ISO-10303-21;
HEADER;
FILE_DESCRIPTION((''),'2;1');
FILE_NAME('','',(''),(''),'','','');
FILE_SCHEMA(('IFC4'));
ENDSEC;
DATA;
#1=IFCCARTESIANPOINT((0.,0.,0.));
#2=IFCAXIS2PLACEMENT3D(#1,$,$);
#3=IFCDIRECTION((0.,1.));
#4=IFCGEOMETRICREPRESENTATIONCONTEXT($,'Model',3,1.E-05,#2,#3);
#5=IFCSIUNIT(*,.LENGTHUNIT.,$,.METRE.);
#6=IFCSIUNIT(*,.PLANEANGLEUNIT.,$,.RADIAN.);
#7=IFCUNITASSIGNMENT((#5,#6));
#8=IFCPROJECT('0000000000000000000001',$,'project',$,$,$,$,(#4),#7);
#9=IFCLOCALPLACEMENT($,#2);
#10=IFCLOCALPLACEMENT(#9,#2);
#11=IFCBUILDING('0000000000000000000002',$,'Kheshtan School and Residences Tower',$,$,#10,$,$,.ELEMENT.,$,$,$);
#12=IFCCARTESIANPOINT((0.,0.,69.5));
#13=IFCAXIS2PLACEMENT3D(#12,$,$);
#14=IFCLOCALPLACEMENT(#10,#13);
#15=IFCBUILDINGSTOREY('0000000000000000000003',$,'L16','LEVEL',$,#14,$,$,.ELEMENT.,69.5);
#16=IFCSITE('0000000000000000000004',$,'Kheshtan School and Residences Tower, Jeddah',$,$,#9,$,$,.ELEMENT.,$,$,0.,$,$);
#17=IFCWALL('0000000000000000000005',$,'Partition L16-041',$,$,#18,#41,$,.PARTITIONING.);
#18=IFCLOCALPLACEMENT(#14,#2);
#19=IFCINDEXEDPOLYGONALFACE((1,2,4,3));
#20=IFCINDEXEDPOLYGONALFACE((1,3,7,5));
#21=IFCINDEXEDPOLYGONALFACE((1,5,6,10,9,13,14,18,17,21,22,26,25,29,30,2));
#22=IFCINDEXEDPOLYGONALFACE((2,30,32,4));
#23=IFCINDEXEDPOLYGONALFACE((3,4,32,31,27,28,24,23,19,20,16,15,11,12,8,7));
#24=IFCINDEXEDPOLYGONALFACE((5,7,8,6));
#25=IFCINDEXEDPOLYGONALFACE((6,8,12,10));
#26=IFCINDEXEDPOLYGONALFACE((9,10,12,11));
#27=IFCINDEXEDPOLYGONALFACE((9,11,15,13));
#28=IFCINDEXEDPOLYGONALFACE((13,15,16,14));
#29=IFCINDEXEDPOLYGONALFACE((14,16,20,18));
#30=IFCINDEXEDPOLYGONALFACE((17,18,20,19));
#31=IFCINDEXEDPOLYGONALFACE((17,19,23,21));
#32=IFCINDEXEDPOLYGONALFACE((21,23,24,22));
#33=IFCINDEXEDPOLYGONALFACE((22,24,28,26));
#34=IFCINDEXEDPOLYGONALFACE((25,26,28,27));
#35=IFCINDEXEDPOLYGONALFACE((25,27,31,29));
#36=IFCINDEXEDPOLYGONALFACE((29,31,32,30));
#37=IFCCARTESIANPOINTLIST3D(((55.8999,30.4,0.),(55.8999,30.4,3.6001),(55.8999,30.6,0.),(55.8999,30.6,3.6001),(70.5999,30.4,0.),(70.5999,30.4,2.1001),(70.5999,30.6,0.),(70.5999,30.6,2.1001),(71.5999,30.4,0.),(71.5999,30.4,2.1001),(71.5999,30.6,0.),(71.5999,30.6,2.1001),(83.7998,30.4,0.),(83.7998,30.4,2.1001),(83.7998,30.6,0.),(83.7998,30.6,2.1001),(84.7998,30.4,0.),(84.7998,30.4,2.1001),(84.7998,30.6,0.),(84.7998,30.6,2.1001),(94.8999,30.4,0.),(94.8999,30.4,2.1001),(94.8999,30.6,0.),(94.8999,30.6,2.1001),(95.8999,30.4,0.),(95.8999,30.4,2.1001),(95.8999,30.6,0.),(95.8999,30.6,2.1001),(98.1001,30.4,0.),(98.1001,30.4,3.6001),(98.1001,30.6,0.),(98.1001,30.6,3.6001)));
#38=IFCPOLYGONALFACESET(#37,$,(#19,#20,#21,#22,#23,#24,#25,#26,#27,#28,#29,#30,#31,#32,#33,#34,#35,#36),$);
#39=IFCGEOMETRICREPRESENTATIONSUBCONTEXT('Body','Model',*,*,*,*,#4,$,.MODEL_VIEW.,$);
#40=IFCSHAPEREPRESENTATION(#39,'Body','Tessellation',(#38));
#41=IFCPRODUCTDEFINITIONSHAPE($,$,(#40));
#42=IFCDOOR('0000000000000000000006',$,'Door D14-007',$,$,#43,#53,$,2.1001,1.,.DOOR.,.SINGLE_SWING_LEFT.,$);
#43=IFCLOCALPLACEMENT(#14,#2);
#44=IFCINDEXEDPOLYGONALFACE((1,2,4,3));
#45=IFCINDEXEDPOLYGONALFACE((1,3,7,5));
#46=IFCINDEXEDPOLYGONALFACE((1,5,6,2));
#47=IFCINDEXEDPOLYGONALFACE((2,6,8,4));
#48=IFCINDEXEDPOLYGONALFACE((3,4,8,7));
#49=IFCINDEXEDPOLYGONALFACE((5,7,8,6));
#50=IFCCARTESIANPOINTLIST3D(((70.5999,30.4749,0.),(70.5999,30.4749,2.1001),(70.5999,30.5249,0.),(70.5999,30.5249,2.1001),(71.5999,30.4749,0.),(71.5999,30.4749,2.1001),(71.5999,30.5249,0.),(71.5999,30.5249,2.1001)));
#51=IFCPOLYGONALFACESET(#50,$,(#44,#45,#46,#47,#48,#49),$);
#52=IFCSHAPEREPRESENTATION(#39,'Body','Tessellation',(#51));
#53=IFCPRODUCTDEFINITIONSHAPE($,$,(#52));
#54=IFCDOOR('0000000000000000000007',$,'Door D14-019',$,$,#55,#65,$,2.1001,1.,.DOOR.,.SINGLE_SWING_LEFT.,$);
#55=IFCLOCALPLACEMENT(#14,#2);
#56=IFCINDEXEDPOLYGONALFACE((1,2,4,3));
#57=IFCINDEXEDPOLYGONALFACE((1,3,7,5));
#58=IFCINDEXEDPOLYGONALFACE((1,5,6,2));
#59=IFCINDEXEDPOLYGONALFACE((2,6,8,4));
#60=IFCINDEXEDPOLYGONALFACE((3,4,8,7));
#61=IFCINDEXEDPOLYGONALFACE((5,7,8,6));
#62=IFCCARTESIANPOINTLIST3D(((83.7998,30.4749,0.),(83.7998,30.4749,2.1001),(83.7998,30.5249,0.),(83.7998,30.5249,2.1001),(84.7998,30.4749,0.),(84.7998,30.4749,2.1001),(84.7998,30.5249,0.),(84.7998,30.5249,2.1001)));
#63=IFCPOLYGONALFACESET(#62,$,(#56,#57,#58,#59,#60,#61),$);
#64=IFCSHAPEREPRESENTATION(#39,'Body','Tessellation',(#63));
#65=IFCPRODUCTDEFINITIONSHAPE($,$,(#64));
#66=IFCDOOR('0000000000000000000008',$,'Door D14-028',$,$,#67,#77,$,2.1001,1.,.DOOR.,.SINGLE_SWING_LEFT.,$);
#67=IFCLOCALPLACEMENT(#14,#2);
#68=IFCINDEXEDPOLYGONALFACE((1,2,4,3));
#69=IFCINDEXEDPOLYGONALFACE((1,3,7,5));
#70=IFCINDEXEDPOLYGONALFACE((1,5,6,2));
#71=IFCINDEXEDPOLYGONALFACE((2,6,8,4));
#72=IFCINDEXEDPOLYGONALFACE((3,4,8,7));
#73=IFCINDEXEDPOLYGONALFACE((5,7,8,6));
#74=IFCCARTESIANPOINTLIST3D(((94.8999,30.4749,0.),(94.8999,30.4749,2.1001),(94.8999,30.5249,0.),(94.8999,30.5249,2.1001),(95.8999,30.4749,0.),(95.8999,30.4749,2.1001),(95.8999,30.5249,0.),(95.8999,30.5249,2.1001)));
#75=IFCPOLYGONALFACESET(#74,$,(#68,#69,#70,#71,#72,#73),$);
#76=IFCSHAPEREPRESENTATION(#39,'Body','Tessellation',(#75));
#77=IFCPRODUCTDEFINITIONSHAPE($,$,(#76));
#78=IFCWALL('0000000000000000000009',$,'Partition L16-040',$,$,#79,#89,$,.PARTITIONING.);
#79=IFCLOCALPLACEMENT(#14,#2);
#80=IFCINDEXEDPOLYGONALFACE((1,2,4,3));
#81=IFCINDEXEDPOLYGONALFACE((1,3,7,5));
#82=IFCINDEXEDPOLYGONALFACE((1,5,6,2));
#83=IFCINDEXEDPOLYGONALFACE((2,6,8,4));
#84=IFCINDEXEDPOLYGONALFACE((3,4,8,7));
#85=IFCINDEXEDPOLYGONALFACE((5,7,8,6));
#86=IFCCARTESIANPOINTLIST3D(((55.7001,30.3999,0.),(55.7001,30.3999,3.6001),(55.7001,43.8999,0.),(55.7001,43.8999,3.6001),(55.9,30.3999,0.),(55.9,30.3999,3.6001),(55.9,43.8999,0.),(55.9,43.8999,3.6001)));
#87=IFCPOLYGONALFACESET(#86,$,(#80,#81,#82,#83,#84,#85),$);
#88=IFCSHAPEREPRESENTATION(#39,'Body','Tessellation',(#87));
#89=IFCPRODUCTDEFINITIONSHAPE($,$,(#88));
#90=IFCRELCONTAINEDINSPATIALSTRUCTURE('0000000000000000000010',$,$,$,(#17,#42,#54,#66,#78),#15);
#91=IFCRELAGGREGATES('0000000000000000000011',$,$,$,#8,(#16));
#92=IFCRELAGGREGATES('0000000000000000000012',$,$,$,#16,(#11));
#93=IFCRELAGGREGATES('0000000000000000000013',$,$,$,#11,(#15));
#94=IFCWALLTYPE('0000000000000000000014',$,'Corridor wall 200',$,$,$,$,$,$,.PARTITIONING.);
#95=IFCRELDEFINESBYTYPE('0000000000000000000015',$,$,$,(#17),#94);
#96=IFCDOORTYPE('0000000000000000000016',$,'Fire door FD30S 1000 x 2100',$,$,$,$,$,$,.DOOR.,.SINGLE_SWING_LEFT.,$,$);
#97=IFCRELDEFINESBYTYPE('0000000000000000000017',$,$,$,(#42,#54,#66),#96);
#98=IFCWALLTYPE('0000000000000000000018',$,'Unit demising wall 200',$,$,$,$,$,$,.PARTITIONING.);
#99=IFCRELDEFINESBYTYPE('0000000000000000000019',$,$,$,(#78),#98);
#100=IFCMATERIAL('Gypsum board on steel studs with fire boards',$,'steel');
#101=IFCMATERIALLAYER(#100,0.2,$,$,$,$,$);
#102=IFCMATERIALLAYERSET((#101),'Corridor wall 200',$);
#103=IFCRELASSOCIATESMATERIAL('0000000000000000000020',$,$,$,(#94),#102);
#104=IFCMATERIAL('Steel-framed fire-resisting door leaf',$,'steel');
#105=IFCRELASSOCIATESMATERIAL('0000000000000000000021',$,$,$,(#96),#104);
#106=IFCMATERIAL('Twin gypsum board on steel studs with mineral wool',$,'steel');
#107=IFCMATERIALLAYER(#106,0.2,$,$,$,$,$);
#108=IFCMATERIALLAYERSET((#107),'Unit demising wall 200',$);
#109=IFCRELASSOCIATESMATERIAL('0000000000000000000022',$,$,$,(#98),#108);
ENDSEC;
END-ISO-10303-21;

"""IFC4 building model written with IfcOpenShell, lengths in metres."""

from ifc_helpers import new_model, si_unit, direction, frame, frame_2d, origin, place, context, subcontext, project, spatial, rectangle, extrude, source, transform, mapped, material, layer, layer_set, type_object, element, fill, save


model = new_model("IFC4")

# Units and contexts
model_context = context("Model", 3, precision=1e-05, world=origin(), true_north=direction((0.0, 1.0)))
body_context = subcontext(model_context, "Body", "Model", "MODEL_VIEW")
ifc_project = project(units=[si_unit("LENGTHUNIT", "METRE"), si_unit("PLANEANGLEUNIT", "RADIAN")], contexts=[model_context])

# Site, building, storey
site_placement = place(None, origin())
site = spatial("IfcSite", under=ifc_project, at=site_placement, Name="Kheshtan School and Residences Tower, Jeddah", CompositionType="ELEMENT", RefElevation=0.0)
building_placement = place(site_placement, origin())
building = spatial("IfcBuilding", under=site, at=building_placement, Name="Kheshtan School and Residences Tower", CompositionType="ELEMENT")
storey_placement = place(building_placement, frame((0.0, 0.0, 69.5)))
storey = spatial("IfcBuildingStorey", under=building, at=storey_placement, Name="L16", Description="LEVEL", CompositionType="ELEMENT", Elevation=69.5)

# Wall, openings, doors
ifc_material_1 = material(Name="Gypsum board on steel studs with fire boards", Category="steel")
ifc_layer_1 = layer(ifc_material_1, 0.2)
ifc_layer_set_1 = layer_set([ifc_layer_1], Name="Corridor wall 200")
wall_type_1 = type_object("IfcWallType", Name="Corridor wall 200", PredefinedType="PARTITIONING", material=ifc_layer_set_1)
wall_1_placement = place(storey_placement, frame((55.8999, 30.5, 0.0), z_axis=(0.0, 0.0, 1.0), x_axis=(1.0, 0.0, 0.0)))
wall_1 = element("IfcWall", 1, at=wall_1_placement, inside=storey, type_object=wall_type_1, Name="Partition L16-041", PredefinedType="PARTITIONING", context=body_context, shape_type="SweptSolid", body=[
    extrude(rectangle(XDim=42.2002, YDim=0.2, at=frame_2d((21.1001, 0.0))), origin(), (0.0, 0.0, 1.0), 3.6001),
])
opening_1_placement = place(wall_1_placement, frame((14.7, 0.0, 0.0)))
opening_1 = element("IfcOpeningElement", 2, at=opening_1_placement, cuts=wall_1, PredefinedType="OPENING", context=body_context, shape_type="SweptSolid", body=[
    extrude(rectangle(XDim=1.0, YDim=2.1001, at=frame_2d((0.5, 1.05))), frame((0.0, 0.1099, 0.0), z_axis=(0.0, -1.0, 0.0), x_axis=(1.0, 0.0, 0.0)), (0.0, 0.0, 1.0), 0.22),
])
opening_2_placement = place(wall_1_placement, frame((27.8999, 0.0, 0.0)))
opening_2 = element("IfcOpeningElement", 3, at=opening_2_placement, cuts=wall_1, PredefinedType="OPENING", context=body_context, shape_type="SweptSolid", body=[
    extrude(rectangle(XDim=1.0, YDim=2.1001, at=frame_2d((0.5, 1.05))), frame((0.0, 0.1099, 0.0), z_axis=(0.0, -1.0, 0.0), x_axis=(1.0, 0.0, 0.0)), (0.0, 0.0, 1.0), 0.22),
])
opening_3_placement = place(wall_1_placement, frame((39.0, 0.0, 0.0)))
opening_3 = element("IfcOpeningElement", 4, at=opening_3_placement, cuts=wall_1, PredefinedType="OPENING", context=body_context, shape_type="SweptSolid", body=[
    extrude(rectangle(XDim=1.0, YDim=2.1001, at=frame_2d((0.5, 1.05))), frame((0.0, 0.1099, 0.0), z_axis=(0.0, -1.0, 0.0), x_axis=(1.0, 0.0, 0.0)), (0.0, 0.0, 1.0), 0.22),
])
ifc_material_2 = material(Name="Steel-framed fire-resisting door leaf", Category="steel")
door_type_1 = type_object("IfcDoorType", Name="Fire door FD30S 1000 x 2100", OperationType="SINGLE_SWING_LEFT", PredefinedType="DOOR", material=ifc_material_2)
shared_shape_1 = source(origin(), body_context, "Body", "SweptSolid", [
    extrude(rectangle(XDim=1.0, YDim=2.1001, at=frame_2d((0.5, 1.05))), frame((0.0, 0.0249, 0.0), z_axis=(0.0, -1.0, 0.0), x_axis=(1.0, 0.0, 0.0)), (0.0, 0.0, 1.0), 0.05),
])
door_1_placement = place(opening_1_placement, origin())
door_1 = element("IfcDoor", 5, at=door_1_placement, inside=storey, type_object=door_type_1, Name="Door D14-007", OperationType="SINGLE_SWING_LEFT", OverallHeight=2.1001, OverallWidth=1.0, PredefinedType="DOOR", context=body_context, shape_type="MappedRepresentation", body=[
    mapped(shared_shape_1, transform((0.0, 0.0, 0.0), x_axis=(1.0, 0.0, 0.0), y_axis=(0.0, 1.0, 0.0), z_axis=(0.0, 0.0, 1.0), scale=1.0)),
])
fill(opening_1, door_1)
door_2_placement = place(opening_2_placement, origin())
door_2 = element("IfcDoor", 6, at=door_2_placement, inside=storey, type_object=door_type_1, Name="Door D14-019", OperationType="SINGLE_SWING_LEFT", OverallHeight=2.1001, OverallWidth=1.0, PredefinedType="DOOR", context=body_context, shape_type="MappedRepresentation", body=[
    mapped(shared_shape_1, transform((0.0, 0.0, 0.0), x_axis=(1.0, 0.0, 0.0), y_axis=(0.0, 1.0, 0.0), z_axis=(0.0, 0.0, 1.0), scale=1.0)),
])
fill(opening_2, door_2)
door_3_placement = place(opening_3_placement, origin())
door_3 = element("IfcDoor", 7, at=door_3_placement, inside=storey, type_object=door_type_1, Name="Door D14-028", OperationType="SINGLE_SWING_LEFT", OverallHeight=2.1001, OverallWidth=1.0, PredefinedType="DOOR", context=body_context, shape_type="MappedRepresentation", body=[
    mapped(shared_shape_1, transform((0.0, 0.0, 0.0), x_axis=(1.0, 0.0, 0.0), y_axis=(0.0, 1.0, 0.0), z_axis=(0.0, 0.0, 1.0), scale=1.0)),
])
fill(opening_3, door_3)

# Wall
ifc_material_3 = material(Name="Twin gypsum board on steel studs with mineral wool", Category="steel")
ifc_layer_2 = layer(ifc_material_3, 0.2)
ifc_layer_set_2 = layer_set([ifc_layer_2], Name="Unit demising wall 200")
wall_type_2 = type_object("IfcWallType", Name="Unit demising wall 200", PredefinedType="PARTITIONING", material=ifc_layer_set_2)
wall_2_placement = place(storey_placement, frame((55.8, 30.3999, 0.0), z_axis=(0.0, 0.0, 1.0), x_axis=(0.0, 1.0, 0.0)))
element("IfcWall", 8, at=wall_2_placement, inside=storey, type_object=wall_type_2, Name="Partition L16-040", PredefinedType="PARTITIONING", context=body_context, shape_type="SweptSolid", body=[
    extrude(rectangle(XDim=13.5, YDim=0.2, at=frame_2d((6.75, 0.0))), origin(), (0.0, 0.0, 1.0), 3.6001),
])

save(model, "model.ifc")
